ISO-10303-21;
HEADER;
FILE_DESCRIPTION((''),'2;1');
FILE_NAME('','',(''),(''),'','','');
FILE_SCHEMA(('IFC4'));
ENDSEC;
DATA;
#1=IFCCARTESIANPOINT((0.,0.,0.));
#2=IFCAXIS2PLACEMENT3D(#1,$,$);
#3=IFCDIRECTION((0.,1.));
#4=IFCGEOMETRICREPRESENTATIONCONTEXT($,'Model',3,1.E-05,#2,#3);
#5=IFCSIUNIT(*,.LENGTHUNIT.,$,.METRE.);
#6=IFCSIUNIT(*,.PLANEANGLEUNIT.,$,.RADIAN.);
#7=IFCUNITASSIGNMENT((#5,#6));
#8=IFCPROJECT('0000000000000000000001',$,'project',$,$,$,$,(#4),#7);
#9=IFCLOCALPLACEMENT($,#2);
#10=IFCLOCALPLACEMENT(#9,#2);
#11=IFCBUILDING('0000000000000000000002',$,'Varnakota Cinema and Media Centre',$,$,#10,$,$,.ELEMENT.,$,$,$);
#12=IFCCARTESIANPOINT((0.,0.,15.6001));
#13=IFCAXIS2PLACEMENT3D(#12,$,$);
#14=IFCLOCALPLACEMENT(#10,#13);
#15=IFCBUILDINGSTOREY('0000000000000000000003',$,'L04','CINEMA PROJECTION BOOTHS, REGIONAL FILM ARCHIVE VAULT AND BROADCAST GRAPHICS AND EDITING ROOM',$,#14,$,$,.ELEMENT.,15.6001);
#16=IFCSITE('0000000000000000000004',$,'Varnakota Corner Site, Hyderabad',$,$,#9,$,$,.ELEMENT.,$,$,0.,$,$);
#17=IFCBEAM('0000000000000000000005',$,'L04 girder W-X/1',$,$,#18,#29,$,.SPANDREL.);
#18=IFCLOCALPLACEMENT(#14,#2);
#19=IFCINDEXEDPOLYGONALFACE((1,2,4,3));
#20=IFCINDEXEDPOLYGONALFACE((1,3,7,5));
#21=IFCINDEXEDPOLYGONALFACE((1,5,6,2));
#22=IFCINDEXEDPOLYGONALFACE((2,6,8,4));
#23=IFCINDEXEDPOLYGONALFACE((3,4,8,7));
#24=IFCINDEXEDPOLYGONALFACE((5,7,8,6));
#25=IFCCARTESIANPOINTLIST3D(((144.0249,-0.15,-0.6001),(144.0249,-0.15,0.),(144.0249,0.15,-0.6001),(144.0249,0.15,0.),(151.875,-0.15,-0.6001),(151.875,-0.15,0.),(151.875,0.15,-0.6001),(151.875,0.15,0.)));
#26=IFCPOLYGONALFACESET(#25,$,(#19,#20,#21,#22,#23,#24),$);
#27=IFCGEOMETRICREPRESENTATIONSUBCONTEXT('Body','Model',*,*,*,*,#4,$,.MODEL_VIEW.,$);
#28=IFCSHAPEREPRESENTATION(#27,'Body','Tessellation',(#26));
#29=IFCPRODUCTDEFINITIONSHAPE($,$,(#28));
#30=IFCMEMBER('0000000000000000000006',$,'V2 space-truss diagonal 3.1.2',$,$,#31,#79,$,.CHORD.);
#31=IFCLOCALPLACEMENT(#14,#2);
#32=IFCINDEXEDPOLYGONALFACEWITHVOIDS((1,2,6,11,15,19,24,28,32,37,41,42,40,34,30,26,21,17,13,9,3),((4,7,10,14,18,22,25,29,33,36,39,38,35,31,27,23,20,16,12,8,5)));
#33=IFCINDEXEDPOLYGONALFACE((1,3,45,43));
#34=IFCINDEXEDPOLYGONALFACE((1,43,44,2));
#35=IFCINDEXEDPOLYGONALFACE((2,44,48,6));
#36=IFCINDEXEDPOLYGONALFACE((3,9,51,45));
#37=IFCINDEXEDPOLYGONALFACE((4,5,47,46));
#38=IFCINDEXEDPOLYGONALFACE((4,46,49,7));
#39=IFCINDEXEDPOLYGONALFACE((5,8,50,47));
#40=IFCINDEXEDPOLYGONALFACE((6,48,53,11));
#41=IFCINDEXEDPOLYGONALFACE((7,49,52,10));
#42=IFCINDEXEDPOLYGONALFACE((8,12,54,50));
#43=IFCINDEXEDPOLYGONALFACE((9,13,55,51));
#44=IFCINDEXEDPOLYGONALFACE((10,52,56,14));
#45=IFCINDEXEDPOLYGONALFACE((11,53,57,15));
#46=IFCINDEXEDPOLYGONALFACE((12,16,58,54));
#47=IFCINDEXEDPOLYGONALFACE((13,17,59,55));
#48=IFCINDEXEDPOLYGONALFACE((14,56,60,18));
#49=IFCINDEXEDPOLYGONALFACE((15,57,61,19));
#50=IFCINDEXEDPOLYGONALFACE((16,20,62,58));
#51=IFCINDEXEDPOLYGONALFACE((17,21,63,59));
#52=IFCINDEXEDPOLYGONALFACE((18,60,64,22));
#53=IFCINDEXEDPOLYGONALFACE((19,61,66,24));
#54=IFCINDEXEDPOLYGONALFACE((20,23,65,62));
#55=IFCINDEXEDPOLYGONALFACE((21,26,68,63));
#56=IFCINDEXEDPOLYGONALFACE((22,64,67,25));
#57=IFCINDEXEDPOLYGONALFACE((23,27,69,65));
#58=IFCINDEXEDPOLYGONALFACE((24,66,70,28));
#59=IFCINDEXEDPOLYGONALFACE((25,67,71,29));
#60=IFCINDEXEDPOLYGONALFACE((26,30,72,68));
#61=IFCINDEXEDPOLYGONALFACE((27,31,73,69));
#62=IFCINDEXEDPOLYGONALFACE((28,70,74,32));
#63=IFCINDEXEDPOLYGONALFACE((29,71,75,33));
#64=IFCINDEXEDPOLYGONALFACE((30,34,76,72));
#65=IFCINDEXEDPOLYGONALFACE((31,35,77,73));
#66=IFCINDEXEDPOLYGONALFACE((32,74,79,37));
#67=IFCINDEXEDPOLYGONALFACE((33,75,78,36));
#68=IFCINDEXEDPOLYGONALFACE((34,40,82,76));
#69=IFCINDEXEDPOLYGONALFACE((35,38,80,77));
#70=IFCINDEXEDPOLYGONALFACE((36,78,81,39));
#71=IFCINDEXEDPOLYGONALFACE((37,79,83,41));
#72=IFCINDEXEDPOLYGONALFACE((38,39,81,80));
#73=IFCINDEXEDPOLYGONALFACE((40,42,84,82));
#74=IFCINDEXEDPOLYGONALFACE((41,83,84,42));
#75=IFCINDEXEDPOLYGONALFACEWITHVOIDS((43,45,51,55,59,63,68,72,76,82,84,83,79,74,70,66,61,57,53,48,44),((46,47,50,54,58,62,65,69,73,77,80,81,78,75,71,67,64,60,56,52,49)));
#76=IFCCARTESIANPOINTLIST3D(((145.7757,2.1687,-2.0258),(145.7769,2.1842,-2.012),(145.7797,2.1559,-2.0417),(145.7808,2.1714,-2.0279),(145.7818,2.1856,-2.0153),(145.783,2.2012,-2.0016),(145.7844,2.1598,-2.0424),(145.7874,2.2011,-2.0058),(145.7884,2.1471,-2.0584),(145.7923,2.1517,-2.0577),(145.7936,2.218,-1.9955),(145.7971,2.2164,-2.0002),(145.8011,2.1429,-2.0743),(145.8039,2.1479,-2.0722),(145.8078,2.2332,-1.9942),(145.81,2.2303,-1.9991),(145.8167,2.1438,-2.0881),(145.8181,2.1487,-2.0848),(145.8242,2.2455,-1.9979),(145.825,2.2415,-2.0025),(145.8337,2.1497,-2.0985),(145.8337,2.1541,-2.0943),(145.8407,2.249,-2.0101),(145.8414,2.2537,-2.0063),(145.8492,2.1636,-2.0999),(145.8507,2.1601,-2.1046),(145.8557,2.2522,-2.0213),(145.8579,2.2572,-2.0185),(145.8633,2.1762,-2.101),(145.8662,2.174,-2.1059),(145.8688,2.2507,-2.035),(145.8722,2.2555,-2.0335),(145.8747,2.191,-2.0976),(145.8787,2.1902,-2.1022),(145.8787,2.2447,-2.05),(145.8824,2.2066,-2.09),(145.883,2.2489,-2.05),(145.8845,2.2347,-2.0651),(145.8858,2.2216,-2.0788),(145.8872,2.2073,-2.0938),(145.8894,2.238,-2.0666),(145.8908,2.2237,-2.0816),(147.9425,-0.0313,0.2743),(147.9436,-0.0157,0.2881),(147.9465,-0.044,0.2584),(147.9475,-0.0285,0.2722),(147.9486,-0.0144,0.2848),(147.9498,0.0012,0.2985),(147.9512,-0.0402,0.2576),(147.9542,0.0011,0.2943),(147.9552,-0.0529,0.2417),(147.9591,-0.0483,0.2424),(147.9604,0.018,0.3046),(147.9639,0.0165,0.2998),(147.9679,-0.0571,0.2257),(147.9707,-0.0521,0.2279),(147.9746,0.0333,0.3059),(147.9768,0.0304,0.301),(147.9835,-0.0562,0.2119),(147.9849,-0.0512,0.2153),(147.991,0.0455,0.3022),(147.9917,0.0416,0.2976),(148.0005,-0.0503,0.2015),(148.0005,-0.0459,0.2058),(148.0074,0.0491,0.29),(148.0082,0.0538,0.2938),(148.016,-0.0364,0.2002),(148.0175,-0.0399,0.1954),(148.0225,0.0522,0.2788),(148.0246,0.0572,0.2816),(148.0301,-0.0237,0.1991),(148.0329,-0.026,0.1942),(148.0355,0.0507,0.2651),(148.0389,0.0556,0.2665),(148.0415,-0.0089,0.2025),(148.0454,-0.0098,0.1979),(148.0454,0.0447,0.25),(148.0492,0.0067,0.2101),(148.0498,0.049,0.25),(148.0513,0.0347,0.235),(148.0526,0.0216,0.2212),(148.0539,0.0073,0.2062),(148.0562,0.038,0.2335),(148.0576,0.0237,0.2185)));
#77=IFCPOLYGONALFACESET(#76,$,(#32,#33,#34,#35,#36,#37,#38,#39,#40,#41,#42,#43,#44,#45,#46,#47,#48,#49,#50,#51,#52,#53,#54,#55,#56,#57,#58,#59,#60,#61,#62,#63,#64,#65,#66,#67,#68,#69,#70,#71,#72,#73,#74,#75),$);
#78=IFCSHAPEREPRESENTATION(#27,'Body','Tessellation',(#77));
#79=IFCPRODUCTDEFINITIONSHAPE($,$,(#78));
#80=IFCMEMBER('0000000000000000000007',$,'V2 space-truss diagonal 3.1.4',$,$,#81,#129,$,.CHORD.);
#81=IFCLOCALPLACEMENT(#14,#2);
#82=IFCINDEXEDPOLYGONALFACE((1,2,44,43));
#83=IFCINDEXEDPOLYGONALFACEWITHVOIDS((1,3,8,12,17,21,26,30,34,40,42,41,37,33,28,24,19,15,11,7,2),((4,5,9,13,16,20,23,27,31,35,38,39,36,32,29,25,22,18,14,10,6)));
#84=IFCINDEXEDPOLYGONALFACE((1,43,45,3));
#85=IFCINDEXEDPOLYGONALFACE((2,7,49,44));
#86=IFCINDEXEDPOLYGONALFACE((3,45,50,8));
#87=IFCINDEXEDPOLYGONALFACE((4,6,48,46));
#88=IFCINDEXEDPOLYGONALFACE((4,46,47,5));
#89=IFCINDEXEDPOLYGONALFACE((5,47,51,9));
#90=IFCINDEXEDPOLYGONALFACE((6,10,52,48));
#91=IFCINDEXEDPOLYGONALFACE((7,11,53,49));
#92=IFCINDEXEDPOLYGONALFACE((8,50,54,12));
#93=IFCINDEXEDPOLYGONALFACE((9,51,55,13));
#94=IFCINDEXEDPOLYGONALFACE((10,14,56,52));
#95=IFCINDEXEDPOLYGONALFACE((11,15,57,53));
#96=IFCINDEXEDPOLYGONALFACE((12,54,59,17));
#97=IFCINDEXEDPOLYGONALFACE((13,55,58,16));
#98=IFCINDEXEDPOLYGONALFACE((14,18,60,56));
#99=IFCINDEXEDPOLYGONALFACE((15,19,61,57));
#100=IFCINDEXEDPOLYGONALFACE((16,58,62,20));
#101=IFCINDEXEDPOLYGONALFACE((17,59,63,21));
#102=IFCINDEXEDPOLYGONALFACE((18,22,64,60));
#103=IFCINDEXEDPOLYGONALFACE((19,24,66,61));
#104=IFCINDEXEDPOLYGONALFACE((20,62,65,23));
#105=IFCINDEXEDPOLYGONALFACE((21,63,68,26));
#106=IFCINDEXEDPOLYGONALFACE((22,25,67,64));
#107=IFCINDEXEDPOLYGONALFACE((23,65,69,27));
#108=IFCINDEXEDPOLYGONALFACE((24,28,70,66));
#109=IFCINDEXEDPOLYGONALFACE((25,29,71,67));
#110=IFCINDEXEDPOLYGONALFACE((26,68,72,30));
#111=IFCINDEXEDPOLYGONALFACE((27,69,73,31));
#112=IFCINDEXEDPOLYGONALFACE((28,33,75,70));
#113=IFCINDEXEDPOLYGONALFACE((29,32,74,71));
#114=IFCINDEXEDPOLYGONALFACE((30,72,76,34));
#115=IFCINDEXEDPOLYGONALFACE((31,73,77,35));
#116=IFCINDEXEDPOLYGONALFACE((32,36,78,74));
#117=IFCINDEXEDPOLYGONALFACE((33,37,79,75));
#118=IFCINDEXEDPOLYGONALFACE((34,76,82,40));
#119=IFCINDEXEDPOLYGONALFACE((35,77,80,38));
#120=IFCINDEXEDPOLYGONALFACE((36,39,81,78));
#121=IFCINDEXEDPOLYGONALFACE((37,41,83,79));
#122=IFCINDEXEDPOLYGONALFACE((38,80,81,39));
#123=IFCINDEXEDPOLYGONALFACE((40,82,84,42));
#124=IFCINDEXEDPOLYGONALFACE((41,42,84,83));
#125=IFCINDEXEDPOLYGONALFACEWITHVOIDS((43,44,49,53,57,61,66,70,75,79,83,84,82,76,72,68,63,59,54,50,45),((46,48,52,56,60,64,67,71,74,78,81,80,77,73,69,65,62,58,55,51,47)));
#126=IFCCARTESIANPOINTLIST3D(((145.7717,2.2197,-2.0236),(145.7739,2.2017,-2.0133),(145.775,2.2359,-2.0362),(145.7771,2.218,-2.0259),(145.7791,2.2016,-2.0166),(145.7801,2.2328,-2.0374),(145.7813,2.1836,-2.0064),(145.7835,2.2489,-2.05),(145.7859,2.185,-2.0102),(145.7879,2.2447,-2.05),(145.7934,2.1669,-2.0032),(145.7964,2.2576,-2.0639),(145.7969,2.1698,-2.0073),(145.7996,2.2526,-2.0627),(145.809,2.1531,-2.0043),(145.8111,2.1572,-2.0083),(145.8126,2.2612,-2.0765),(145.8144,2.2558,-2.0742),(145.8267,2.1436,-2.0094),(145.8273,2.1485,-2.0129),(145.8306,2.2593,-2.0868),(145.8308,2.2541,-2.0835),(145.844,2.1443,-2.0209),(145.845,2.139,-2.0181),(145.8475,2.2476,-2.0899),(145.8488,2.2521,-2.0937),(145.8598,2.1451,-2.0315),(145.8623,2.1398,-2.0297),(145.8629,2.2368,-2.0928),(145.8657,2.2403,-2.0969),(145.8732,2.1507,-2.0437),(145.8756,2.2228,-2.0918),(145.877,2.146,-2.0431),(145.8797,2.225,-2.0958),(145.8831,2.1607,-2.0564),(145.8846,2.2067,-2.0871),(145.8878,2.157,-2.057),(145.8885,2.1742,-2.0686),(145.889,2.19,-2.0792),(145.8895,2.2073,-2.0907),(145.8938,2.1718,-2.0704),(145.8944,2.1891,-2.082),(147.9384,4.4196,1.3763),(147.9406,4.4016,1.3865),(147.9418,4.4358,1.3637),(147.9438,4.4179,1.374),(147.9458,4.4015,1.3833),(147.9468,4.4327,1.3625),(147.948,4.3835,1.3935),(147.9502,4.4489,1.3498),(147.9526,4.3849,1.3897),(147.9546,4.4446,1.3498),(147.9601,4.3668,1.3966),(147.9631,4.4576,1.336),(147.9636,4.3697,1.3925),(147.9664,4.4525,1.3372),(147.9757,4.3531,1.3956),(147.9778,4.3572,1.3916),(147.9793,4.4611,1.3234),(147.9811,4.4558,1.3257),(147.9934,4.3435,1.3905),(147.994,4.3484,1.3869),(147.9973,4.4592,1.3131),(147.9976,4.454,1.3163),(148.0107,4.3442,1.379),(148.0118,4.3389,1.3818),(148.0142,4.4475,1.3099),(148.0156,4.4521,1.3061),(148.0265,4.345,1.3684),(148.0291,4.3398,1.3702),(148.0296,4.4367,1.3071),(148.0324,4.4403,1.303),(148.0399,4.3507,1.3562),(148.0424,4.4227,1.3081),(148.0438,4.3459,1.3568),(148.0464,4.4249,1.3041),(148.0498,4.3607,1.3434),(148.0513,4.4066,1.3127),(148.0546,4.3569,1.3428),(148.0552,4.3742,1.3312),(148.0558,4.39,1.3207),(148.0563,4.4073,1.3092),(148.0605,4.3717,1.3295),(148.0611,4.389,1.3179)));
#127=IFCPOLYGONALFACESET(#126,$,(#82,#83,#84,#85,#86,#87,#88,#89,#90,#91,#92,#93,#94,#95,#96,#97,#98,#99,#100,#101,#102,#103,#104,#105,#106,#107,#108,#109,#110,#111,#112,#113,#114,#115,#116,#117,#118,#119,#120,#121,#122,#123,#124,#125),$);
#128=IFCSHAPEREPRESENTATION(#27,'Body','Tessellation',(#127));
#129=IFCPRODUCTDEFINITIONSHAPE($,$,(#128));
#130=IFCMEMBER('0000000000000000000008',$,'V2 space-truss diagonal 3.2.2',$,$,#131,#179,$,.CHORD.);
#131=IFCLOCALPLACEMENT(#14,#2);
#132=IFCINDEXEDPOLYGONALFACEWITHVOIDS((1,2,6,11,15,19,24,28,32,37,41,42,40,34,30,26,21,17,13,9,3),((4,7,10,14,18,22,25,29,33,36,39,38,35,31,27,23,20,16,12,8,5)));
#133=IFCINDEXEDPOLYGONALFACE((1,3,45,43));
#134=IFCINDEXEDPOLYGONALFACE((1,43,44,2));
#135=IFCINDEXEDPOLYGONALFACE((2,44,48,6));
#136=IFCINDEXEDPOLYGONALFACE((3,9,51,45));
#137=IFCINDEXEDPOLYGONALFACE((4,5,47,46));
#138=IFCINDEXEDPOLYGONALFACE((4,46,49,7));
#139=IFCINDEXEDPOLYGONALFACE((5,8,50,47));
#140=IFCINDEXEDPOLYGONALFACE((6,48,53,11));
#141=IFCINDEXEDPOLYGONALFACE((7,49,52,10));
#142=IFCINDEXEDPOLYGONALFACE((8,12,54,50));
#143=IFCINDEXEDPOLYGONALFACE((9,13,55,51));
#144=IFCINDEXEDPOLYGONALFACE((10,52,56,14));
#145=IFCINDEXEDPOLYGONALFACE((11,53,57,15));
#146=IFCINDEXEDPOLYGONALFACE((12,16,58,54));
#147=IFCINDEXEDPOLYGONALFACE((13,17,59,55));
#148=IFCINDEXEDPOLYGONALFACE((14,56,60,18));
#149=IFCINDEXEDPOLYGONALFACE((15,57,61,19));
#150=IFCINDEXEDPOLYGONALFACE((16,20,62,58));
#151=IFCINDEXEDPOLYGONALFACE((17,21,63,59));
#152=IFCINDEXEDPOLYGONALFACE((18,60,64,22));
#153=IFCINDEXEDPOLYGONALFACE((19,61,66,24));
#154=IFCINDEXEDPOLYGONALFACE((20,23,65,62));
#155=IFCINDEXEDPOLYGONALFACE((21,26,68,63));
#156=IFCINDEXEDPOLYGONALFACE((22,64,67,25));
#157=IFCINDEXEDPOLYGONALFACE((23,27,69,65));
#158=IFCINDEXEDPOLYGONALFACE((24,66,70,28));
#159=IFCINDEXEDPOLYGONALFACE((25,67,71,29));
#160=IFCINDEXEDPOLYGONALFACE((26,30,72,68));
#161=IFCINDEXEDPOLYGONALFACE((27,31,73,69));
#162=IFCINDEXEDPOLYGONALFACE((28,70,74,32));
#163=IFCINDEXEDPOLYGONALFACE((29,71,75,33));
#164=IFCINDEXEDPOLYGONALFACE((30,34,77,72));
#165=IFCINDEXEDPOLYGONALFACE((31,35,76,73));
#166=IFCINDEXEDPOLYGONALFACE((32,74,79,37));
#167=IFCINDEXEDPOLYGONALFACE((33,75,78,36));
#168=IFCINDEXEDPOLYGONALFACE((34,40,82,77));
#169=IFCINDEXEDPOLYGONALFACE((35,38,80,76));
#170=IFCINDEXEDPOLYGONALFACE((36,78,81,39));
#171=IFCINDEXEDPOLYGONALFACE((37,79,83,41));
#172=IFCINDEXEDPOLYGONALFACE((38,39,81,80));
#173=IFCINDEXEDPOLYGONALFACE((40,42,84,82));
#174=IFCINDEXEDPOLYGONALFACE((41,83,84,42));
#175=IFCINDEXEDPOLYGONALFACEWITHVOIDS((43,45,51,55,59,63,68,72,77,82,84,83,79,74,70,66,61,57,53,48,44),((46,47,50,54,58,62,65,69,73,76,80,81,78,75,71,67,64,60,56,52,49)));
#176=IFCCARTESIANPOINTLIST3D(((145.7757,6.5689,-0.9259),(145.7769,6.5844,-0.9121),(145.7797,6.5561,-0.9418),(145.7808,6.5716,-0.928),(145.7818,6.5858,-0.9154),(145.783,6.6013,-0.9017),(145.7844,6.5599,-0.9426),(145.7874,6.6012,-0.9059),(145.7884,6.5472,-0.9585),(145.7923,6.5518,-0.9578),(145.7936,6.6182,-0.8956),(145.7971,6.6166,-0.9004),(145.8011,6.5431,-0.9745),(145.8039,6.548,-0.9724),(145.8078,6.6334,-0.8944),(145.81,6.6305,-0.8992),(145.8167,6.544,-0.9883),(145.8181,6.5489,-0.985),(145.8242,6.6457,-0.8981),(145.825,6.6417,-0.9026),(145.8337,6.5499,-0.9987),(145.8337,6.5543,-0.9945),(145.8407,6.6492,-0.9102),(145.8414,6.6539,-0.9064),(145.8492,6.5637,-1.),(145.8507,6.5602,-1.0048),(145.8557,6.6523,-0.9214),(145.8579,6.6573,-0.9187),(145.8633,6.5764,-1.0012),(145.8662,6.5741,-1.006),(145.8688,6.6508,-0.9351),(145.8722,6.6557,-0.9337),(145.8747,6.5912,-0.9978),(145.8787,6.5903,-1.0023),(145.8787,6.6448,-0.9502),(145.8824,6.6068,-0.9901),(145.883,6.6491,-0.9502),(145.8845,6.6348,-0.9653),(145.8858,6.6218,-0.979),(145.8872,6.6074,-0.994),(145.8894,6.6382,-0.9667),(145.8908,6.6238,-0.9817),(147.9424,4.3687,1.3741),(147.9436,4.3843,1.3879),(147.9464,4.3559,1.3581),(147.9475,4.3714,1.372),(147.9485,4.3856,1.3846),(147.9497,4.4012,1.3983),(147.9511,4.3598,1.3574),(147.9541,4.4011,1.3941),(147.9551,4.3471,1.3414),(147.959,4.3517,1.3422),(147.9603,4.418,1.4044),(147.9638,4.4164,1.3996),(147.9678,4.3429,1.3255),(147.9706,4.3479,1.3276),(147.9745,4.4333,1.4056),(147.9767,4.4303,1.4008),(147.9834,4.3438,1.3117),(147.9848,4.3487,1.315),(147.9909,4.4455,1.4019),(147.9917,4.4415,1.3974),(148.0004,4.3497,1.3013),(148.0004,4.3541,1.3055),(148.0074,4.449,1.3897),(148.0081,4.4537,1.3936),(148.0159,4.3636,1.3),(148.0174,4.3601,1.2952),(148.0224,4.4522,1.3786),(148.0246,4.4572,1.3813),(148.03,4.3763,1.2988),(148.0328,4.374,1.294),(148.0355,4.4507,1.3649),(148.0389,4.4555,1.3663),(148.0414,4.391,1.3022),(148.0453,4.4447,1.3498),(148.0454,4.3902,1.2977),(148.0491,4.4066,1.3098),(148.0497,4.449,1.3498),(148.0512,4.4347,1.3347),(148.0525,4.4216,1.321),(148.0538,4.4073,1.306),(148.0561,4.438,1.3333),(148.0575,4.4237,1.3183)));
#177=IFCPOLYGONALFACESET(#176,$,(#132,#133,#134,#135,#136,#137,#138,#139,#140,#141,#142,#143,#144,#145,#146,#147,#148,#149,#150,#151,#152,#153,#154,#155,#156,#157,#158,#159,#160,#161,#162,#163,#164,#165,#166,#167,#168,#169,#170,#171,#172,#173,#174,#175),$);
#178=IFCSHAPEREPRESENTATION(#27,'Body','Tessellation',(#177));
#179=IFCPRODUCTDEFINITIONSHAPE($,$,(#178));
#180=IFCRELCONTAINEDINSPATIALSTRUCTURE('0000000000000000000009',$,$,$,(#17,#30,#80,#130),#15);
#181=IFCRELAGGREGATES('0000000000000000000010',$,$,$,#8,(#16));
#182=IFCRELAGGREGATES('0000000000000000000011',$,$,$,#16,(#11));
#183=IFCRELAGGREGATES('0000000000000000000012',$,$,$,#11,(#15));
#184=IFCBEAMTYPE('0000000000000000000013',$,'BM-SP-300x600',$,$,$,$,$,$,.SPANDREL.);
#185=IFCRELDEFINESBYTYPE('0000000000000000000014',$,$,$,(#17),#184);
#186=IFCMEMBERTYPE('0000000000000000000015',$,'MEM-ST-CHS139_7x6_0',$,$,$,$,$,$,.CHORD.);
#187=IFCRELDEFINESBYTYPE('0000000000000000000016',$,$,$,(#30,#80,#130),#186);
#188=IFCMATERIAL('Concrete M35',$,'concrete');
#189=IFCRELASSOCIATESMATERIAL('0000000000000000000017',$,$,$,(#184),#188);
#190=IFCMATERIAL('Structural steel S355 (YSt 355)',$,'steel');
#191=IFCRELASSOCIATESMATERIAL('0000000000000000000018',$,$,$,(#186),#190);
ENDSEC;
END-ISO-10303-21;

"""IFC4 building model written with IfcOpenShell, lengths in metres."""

from ifc_helpers import new_model, si_unit, direction, frame, origin, origin_2d, place, context, subcontext, project, spatial, rectangle, hollow_circle, extrude, material, material_profile, profile_set, type_object, element, save


model = new_model("IFC4")

# Units and contexts
model_context = context("Model", 3, precision=1e-05, world=origin(), true_north=direction((0.0, 1.0)))
body_context = subcontext(model_context, "Body", "Model", "MODEL_VIEW")
ifc_project = project(units=[si_unit("LENGTHUNIT", "METRE"), si_unit("PLANEANGLEUNIT", "RADIAN")], contexts=[model_context])

# Site, building, storey
site_placement = place(None, origin())
site = spatial("IfcSite", under=ifc_project, at=site_placement, Name="Varnakota Corner Site, Hyderabad", CompositionType="ELEMENT", RefElevation=0.0)
building_placement = place(site_placement, origin())
building = spatial("IfcBuilding", under=site, at=building_placement, Name="Varnakota Cinema and Media Centre", CompositionType="ELEMENT")
storey_placement = place(building_placement, frame((0.0, 0.0, 15.6001)))
storey = spatial("IfcBuildingStorey", under=building, at=storey_placement, Name="L04", Description="CINEMA PROJECTION BOOTHS, REGIONAL FILM ARCHIVE VAULT AND BROADCAST GRAPHICS AND EDITING ROOM", CompositionType="ELEMENT", Elevation=15.6001)

# Beam
ifc_material_1 = material(Name="Concrete M35", Category="concrete")
ifc_material_profile_1 = material_profile(ifc_material_1, rectangle(XDim=0.3, YDim=0.6001, at=origin_2d()), Name="RCB 300x600")
ifc_profile_set_1 = profile_set([ifc_material_profile_1], Name="Concrete M35")
beam_type = type_object("IfcBeamType", Name="BM-SP-300x600", PredefinedType="SPANDREL", material=ifc_profile_set_1)
beam_placement = place(storey_placement, frame((144.0249, 0.0, -0.3), z_axis=(1.0, 0.0, 0.0), x_axis=(0.0, 1.0, 0.0)))
element("IfcBeam", 1, at=beam_placement, inside=storey, type_object=beam_type, Name="L04 girder W-X/1", PredefinedType="SPANDREL", context=body_context, shape_type="SweptSolid", body=[
    extrude(rectangle(XDim=0.3, YDim=0.6001, at=origin_2d()), origin(), (0.0, 0.0, 1.0), 7.8501),
])

# Members
ifc_material_2 = material(Name="Structural steel S355 (YSt 355)", Category="steel")
ifc_material_profile_2 = material_profile(ifc_material_2, hollow_circle(Radius=0.0698, WallThickness=0.0061, at=origin_2d()), Name="CHS 139.7x6.0")
ifc_profile_set_2 = profile_set([ifc_material_profile_2], Name="Structural steel S355 (YSt 355)")
member_type_1 = type_object("IfcMemberType", Name="MEM-ST-CHS139_7x6_0", PredefinedType="CHORD", material=ifc_profile_set_2)
member_1_placement = place(storey_placement, frame((145.8333, 2.2, -2.05), z_axis=(0.562748, -0.571371, 0.597369), x_axis=(0.712463, 0.70171, 0.0)))
element("IfcMember", 2, at=member_1_placement, inside=storey, type_object=member_type_1, Name="V2 space-truss diagonal 3.1.2", PredefinedType="CHORD", context=body_context, shape_type="SweptSolid", body=[
    extrude(hollow_circle(Radius=0.0698, WallThickness=0.0061, at=origin_2d()), origin(), (0.0, 0.0, 1.0), 3.8503),
])
member_2_placement = place(storey_placement, frame((145.8333, 2.2, -2.05), z_axis=(0.471769, 0.478999, 0.740266), x_axis=(-0.712463, 0.70171, 0.0)))
element("IfcMember", 3, at=member_2_placement, inside=storey, type_object=member_type_1, Name="V2 space-truss diagonal 3.1.4", PredefinedType="CHORD", context=body_context, shape_type="SweptSolid", body=[
    extrude(hollow_circle(Radius=0.0698, WallThickness=0.0061, at=origin_2d()), origin(), (0.0, 0.0, 1.0), 4.5928),
])
member_3_placement = place(storey_placement, frame((145.8333, 6.6001, -0.9502), z_axis=(0.562728, -0.571414, 0.597347), x_axis=(0.712502, 0.70167, 0.0)))
element("IfcMember", 4, at=member_3_placement, inside=storey, type_object=member_type_1, Name="V2 space-truss diagonal 3.2.2", PredefinedType="CHORD", context=body_context, shape_type="SweptSolid", body=[
    extrude(hollow_circle(Radius=0.0698, WallThickness=0.0061, at=origin_2d()), origin(), (0.0, 0.0, 1.0), 3.8503),
])

save(model, "model.ifc")
